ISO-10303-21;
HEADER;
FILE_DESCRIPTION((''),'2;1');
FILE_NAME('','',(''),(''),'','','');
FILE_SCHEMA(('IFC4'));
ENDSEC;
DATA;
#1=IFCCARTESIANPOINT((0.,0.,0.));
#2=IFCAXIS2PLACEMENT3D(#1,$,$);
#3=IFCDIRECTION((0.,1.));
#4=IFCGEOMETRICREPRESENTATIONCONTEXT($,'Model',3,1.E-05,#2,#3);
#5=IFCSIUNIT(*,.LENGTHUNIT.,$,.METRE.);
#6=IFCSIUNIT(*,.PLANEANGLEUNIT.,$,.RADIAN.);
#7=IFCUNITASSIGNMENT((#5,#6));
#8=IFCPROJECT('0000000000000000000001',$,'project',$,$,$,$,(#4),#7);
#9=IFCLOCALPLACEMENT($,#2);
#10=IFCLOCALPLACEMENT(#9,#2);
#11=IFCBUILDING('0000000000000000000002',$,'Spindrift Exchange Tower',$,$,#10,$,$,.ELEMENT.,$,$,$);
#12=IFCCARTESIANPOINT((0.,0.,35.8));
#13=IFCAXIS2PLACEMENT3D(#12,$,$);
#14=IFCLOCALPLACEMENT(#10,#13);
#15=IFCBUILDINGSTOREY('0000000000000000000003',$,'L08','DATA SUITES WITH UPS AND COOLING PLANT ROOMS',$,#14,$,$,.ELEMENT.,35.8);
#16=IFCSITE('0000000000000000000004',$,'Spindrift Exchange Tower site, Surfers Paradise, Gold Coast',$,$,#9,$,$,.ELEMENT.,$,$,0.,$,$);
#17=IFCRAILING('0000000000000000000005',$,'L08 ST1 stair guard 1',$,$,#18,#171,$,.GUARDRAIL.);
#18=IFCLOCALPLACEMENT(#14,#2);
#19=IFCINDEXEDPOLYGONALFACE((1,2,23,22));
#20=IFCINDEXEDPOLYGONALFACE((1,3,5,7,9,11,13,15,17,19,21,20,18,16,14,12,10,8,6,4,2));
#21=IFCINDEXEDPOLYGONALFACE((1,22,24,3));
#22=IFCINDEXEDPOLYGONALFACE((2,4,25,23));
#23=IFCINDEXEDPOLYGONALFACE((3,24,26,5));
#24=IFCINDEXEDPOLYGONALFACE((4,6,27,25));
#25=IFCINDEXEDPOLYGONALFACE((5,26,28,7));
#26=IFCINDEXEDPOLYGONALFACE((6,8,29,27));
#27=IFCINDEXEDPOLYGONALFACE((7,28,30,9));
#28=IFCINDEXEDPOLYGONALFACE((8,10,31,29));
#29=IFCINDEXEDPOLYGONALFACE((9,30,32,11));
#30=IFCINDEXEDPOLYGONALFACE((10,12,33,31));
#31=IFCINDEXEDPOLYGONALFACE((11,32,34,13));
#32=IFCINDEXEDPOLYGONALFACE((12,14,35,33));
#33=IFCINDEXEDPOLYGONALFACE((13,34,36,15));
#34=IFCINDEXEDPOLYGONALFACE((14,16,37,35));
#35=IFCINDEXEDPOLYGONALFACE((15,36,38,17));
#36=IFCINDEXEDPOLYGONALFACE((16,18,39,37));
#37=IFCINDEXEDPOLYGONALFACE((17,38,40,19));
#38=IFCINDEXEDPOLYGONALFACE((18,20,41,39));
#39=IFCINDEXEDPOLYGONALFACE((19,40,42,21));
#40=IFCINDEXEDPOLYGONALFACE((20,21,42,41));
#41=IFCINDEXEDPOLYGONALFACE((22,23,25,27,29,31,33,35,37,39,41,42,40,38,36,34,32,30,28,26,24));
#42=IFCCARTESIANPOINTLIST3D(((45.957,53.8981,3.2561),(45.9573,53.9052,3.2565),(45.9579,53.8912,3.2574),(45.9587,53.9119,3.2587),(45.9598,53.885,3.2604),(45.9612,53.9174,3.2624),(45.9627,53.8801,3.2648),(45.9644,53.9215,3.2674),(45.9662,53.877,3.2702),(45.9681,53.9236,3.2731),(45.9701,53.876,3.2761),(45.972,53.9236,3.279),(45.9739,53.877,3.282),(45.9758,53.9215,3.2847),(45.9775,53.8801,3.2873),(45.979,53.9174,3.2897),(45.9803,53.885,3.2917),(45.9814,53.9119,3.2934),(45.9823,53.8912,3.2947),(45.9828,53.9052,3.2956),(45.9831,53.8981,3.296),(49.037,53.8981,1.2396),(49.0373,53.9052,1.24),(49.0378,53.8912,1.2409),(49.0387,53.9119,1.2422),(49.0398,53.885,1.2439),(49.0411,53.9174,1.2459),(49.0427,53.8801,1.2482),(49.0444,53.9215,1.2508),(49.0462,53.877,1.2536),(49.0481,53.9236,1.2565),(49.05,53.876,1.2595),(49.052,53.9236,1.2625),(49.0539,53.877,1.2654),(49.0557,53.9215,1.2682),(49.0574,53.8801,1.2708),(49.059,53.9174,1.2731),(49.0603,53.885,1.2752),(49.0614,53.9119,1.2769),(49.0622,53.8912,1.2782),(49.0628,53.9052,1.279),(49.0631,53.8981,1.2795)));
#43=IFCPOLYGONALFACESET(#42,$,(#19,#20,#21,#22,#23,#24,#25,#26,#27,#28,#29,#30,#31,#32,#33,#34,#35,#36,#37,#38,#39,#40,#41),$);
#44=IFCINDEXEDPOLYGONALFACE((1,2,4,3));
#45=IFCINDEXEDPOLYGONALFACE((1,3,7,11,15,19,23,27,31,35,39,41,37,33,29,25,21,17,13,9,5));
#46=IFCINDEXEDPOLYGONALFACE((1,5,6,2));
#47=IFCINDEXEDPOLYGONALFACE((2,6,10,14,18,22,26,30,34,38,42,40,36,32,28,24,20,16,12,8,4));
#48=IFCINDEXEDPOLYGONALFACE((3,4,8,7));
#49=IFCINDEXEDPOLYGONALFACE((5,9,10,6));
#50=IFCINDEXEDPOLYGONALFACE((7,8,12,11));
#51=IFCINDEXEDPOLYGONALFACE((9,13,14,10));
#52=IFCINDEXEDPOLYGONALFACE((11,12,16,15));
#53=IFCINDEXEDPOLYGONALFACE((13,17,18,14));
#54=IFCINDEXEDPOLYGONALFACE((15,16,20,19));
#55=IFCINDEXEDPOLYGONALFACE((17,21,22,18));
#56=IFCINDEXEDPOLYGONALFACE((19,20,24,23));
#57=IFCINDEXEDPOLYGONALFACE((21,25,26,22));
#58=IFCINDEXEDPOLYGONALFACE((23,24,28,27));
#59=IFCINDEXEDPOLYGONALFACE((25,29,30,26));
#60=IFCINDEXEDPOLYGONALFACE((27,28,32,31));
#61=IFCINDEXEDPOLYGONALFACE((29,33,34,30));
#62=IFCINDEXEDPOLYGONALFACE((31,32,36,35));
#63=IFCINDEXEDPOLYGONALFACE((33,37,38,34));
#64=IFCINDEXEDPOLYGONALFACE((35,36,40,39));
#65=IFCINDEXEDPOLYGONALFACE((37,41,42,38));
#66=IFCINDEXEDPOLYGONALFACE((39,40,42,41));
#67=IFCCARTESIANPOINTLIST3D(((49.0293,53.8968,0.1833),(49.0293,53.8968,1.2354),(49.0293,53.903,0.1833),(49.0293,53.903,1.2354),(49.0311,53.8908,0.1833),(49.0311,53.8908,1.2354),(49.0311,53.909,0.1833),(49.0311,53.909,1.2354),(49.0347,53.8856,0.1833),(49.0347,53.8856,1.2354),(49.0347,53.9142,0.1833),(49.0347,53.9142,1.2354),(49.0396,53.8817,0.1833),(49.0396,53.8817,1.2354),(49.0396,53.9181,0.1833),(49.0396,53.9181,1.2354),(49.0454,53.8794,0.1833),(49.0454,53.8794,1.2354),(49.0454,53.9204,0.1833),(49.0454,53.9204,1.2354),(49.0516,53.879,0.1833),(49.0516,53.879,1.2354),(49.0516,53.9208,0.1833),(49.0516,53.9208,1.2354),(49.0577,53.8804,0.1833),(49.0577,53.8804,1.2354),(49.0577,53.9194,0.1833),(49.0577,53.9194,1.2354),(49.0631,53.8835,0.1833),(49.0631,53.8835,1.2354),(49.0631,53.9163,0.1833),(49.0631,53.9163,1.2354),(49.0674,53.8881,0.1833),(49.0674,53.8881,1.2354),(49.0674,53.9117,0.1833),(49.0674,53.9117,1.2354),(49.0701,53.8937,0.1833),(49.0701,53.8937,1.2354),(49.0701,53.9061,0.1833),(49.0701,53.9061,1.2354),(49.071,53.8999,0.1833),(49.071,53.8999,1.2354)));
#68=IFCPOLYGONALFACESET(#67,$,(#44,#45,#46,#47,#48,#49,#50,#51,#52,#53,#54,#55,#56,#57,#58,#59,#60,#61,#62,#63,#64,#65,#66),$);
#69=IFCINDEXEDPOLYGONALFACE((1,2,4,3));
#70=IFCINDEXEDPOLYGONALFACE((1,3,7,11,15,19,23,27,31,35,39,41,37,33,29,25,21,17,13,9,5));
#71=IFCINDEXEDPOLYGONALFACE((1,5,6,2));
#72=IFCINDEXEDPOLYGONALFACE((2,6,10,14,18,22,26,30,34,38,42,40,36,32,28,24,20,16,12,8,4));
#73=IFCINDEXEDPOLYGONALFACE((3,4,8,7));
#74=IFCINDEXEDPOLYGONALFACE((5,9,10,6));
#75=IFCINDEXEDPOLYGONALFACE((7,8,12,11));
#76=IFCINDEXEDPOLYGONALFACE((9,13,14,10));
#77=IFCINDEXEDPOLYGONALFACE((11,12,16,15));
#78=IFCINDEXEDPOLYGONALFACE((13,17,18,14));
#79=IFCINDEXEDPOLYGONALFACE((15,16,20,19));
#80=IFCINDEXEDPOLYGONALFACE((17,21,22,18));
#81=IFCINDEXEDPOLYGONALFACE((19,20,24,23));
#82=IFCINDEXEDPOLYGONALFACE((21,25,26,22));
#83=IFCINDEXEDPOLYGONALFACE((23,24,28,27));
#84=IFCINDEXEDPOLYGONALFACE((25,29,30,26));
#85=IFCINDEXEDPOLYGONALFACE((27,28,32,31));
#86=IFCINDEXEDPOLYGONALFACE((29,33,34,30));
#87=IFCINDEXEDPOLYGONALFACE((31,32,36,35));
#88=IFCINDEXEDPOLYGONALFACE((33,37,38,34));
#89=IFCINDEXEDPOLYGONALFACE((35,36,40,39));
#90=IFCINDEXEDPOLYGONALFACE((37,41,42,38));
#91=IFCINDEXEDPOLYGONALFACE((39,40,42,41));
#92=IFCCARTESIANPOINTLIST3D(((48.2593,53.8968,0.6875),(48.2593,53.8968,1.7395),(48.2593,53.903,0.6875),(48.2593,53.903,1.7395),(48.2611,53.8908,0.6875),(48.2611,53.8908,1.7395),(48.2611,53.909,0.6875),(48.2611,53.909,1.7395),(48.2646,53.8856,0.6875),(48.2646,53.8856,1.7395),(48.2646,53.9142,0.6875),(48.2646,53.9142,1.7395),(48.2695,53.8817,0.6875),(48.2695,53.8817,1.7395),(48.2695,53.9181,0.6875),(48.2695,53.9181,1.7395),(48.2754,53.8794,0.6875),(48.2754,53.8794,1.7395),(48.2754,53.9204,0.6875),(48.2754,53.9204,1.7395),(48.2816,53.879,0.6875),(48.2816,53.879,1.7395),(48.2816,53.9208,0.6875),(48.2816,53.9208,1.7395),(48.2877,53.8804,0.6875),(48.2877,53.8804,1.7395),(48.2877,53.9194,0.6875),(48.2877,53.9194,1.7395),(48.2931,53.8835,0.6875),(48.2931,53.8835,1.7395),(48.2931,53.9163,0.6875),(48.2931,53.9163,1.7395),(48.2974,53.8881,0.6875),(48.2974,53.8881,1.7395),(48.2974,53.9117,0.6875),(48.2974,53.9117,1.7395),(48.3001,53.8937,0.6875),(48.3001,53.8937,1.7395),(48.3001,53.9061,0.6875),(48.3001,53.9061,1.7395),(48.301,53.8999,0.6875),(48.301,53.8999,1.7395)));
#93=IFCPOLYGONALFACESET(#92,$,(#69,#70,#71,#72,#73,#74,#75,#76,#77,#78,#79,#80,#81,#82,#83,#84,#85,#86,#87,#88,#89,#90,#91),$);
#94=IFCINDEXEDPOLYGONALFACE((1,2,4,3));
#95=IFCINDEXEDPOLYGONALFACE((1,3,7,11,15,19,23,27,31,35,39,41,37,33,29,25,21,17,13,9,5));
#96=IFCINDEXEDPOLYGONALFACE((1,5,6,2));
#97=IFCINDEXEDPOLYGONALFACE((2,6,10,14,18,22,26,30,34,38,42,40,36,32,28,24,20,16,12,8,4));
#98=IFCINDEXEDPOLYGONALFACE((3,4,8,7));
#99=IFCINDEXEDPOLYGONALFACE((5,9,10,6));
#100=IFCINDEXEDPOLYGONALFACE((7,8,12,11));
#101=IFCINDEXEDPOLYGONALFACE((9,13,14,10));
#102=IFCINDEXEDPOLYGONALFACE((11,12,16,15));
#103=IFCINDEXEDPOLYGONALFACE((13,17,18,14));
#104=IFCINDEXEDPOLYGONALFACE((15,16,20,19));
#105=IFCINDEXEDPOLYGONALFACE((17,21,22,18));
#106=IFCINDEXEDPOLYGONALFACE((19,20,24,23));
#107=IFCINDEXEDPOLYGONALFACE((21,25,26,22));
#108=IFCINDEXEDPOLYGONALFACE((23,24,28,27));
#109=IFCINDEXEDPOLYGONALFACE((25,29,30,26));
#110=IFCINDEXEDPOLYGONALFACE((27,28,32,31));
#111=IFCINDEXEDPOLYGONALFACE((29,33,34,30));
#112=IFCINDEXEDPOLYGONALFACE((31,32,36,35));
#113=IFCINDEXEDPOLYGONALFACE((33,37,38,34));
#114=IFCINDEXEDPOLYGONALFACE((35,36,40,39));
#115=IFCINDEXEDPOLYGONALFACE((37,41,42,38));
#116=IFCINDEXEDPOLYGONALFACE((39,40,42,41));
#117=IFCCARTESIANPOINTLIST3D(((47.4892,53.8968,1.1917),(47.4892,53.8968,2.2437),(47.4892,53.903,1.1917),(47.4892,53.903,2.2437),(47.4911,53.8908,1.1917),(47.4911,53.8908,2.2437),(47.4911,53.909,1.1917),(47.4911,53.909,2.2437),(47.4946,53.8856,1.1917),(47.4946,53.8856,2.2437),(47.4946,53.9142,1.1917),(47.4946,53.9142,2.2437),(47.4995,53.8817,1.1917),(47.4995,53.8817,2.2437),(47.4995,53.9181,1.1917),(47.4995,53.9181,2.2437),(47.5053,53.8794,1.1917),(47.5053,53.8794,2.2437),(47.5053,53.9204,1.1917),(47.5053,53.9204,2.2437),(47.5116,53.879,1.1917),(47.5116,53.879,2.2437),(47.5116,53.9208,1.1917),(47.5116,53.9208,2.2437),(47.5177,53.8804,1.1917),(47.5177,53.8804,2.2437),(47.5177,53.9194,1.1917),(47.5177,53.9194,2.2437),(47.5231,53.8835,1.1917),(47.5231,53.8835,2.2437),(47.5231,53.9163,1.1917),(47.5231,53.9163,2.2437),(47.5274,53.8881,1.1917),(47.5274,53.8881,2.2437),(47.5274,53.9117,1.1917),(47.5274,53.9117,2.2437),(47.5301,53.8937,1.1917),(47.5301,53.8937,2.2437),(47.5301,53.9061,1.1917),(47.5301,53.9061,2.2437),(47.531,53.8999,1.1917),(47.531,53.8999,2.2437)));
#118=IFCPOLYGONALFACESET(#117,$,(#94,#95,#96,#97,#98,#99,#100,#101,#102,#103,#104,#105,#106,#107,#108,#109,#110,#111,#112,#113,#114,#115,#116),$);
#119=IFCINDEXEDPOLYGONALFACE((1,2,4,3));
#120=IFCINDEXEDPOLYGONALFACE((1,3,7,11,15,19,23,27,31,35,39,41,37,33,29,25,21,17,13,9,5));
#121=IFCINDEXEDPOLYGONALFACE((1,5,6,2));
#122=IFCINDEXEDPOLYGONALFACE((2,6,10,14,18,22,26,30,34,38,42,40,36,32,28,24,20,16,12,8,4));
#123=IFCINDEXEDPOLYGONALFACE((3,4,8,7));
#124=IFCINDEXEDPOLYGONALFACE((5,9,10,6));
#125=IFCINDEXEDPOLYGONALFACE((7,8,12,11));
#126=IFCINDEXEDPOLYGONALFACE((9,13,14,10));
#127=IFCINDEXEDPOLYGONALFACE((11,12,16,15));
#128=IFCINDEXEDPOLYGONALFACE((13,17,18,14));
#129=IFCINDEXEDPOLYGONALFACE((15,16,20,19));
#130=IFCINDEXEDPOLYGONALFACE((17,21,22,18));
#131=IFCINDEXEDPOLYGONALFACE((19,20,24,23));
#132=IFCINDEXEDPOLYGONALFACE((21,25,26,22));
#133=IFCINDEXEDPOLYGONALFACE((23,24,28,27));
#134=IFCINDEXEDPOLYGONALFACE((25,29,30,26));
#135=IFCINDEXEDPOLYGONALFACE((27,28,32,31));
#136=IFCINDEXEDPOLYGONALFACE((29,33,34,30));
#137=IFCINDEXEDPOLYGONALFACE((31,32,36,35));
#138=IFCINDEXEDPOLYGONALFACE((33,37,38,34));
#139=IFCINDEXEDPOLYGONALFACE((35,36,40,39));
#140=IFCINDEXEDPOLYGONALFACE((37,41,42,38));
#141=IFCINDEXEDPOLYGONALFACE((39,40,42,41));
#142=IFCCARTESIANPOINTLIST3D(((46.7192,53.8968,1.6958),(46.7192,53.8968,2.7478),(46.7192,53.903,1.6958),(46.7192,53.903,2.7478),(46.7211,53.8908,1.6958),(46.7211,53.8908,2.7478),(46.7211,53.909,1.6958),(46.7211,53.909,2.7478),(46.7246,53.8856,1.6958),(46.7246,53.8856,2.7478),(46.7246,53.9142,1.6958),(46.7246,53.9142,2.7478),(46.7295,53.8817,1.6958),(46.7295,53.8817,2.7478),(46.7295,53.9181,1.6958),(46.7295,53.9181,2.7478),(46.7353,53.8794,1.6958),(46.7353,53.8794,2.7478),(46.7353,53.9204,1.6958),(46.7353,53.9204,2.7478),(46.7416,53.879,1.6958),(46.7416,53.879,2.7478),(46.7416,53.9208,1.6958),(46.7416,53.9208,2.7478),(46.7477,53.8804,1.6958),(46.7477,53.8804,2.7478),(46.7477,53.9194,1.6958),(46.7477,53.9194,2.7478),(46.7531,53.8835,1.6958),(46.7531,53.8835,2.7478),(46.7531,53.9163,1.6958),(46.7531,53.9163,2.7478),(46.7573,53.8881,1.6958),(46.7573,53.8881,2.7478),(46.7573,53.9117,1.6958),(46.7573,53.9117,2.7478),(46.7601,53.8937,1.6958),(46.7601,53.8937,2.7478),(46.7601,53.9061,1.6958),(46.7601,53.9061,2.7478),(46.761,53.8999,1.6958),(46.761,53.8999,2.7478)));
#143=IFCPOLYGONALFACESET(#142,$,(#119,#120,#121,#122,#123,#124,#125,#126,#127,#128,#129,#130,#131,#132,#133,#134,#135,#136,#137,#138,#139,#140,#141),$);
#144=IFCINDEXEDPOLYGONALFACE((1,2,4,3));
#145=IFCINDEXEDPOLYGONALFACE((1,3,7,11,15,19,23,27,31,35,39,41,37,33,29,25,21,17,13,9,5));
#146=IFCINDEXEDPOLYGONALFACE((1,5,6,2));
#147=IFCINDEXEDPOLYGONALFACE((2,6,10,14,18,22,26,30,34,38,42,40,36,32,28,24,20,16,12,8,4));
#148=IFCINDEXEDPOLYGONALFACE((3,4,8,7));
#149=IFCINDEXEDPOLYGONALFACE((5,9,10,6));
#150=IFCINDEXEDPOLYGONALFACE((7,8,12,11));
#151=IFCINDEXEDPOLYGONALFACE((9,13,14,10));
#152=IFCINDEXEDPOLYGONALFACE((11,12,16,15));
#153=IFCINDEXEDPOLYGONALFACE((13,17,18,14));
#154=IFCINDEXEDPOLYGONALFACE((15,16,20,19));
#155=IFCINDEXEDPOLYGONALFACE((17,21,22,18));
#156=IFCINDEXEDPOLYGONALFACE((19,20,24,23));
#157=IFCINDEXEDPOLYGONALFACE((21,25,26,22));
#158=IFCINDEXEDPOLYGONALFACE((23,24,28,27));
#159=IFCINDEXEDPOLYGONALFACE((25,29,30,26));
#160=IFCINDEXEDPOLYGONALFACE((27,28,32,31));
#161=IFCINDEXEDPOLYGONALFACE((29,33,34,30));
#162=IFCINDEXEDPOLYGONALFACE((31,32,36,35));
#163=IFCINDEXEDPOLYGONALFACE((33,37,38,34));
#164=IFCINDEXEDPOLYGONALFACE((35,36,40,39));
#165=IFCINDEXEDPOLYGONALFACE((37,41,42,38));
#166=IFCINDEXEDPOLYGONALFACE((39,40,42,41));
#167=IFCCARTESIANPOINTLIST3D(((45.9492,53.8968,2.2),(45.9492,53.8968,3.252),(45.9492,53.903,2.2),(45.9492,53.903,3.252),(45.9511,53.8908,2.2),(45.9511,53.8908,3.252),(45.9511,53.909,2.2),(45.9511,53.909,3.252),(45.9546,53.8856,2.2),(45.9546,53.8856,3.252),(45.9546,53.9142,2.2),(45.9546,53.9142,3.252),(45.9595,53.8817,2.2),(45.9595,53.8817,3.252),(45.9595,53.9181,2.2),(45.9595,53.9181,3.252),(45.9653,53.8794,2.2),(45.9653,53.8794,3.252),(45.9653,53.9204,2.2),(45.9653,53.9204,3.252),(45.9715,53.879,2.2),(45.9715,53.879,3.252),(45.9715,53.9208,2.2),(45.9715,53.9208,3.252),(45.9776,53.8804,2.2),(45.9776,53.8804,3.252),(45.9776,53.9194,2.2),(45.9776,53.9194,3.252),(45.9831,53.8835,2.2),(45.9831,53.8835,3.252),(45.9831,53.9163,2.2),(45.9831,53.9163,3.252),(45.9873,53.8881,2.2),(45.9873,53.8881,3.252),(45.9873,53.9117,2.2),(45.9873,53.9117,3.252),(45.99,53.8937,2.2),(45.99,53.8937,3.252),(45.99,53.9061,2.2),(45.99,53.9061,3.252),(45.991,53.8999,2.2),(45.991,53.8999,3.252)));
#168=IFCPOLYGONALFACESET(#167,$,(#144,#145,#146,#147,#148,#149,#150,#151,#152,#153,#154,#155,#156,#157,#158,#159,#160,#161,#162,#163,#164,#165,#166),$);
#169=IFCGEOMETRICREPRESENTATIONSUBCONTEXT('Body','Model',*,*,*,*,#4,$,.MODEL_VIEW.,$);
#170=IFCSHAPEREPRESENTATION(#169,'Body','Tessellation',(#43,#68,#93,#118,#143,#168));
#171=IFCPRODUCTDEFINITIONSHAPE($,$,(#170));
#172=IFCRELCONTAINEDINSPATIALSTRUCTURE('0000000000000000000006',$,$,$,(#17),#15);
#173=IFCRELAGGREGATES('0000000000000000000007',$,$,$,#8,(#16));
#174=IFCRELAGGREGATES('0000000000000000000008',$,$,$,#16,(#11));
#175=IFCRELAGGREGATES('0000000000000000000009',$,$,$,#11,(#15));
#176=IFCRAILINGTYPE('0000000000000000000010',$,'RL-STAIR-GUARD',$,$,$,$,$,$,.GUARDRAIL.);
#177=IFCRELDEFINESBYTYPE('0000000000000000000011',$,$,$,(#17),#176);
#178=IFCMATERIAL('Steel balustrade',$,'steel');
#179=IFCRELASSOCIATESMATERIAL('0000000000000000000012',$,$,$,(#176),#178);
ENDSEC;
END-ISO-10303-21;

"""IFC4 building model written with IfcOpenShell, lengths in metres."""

from ifc_helpers import new_model, si_unit, direction, frame, origin, origin_2d, place, context, subcontext, project, spatial, circle, extrude, material, type_object, element, save


model = new_model("IFC4")

# Units and contexts
model_context = context("Model", 3, precision=1e-05, world=origin(), true_north=direction((0.0, 1.0)))
body_context = subcontext(model_context, "Body", "Model", "MODEL_VIEW")
ifc_project = project(units=[si_unit("LENGTHUNIT", "METRE"), si_unit("PLANEANGLEUNIT", "RADIAN")], contexts=[model_context])

# Site, building, storey
site_placement = place(None, origin())
site = spatial("IfcSite", under=ifc_project, at=site_placement, Name="Spindrift Exchange Tower site, Surfers Paradise, Gold Coast", CompositionType="ELEMENT", RefElevation=0.0)
building_placement = place(site_placement, origin())
building = spatial("IfcBuilding", under=site, at=building_placement, Name="Spindrift Exchange Tower", CompositionType="ELEMENT")
storey_placement = place(building_placement, frame((0.0, 0.0, 35.8)))
storey = spatial("IfcBuildingStorey", under=building, at=storey_placement, Name="L08", Description="DATA SUITES WITH UPS AND COOLING PLANT ROOMS", CompositionType="ELEMENT", Elevation=35.8)

# Railing
ifc_material_1 = material(Name="Steel balustrade", Category="steel")
railing_type_1 = type_object("IfcRailingType", Name="RL-STAIR-GUARD", PredefinedType="GUARDRAIL", material=ifc_material_1)
railing_1_placement = place(storey_placement, frame((49.05, 53.8999, 0.1833)))
element("IfcRailing", 1, at=railing_1_placement, inside=storey, type_object=railing_type_1, Name="L08 ST1 stair guard 1", PredefinedType="GUARDRAIL", context=body_context, shape_type="SweptSolid", body=[
    extrude(circle(Radius=0.0239, at=origin_2d()), frame((0.0, 0.0, 1.0762), z_axis=(-0.836633, 0.0, 0.547764), x_axis=(0.0, -1.0, 0.0)), (0.0, 0.0, 1.0), 3.6814),
    extrude(circle(Radius=0.021, at=origin_2d()), origin(), (0.0, 0.0, 1.0), 1.052),
    extrude(circle(Radius=0.021, at=origin_2d()), frame((-0.77, 0.0, 0.5042)), (0.0, 0.0, 1.0), 1.052),
    extrude(circle(Radius=0.021, at=origin_2d()), frame((-1.54, 0.0, 1.0083)), (0.0, 0.0, 1.0), 1.052),
    extrude(circle(Radius=0.021, at=origin_2d()), frame((-2.3101, 0.0, 1.5125)), (0.0, 0.0, 1.0), 1.052),
    extrude(circle(Radius=0.021, at=origin_2d()), frame((-3.0801, 0.0, 2.0166)), (0.0, 0.0, 1.0), 1.052),
])

save(model, "model.ifc")
